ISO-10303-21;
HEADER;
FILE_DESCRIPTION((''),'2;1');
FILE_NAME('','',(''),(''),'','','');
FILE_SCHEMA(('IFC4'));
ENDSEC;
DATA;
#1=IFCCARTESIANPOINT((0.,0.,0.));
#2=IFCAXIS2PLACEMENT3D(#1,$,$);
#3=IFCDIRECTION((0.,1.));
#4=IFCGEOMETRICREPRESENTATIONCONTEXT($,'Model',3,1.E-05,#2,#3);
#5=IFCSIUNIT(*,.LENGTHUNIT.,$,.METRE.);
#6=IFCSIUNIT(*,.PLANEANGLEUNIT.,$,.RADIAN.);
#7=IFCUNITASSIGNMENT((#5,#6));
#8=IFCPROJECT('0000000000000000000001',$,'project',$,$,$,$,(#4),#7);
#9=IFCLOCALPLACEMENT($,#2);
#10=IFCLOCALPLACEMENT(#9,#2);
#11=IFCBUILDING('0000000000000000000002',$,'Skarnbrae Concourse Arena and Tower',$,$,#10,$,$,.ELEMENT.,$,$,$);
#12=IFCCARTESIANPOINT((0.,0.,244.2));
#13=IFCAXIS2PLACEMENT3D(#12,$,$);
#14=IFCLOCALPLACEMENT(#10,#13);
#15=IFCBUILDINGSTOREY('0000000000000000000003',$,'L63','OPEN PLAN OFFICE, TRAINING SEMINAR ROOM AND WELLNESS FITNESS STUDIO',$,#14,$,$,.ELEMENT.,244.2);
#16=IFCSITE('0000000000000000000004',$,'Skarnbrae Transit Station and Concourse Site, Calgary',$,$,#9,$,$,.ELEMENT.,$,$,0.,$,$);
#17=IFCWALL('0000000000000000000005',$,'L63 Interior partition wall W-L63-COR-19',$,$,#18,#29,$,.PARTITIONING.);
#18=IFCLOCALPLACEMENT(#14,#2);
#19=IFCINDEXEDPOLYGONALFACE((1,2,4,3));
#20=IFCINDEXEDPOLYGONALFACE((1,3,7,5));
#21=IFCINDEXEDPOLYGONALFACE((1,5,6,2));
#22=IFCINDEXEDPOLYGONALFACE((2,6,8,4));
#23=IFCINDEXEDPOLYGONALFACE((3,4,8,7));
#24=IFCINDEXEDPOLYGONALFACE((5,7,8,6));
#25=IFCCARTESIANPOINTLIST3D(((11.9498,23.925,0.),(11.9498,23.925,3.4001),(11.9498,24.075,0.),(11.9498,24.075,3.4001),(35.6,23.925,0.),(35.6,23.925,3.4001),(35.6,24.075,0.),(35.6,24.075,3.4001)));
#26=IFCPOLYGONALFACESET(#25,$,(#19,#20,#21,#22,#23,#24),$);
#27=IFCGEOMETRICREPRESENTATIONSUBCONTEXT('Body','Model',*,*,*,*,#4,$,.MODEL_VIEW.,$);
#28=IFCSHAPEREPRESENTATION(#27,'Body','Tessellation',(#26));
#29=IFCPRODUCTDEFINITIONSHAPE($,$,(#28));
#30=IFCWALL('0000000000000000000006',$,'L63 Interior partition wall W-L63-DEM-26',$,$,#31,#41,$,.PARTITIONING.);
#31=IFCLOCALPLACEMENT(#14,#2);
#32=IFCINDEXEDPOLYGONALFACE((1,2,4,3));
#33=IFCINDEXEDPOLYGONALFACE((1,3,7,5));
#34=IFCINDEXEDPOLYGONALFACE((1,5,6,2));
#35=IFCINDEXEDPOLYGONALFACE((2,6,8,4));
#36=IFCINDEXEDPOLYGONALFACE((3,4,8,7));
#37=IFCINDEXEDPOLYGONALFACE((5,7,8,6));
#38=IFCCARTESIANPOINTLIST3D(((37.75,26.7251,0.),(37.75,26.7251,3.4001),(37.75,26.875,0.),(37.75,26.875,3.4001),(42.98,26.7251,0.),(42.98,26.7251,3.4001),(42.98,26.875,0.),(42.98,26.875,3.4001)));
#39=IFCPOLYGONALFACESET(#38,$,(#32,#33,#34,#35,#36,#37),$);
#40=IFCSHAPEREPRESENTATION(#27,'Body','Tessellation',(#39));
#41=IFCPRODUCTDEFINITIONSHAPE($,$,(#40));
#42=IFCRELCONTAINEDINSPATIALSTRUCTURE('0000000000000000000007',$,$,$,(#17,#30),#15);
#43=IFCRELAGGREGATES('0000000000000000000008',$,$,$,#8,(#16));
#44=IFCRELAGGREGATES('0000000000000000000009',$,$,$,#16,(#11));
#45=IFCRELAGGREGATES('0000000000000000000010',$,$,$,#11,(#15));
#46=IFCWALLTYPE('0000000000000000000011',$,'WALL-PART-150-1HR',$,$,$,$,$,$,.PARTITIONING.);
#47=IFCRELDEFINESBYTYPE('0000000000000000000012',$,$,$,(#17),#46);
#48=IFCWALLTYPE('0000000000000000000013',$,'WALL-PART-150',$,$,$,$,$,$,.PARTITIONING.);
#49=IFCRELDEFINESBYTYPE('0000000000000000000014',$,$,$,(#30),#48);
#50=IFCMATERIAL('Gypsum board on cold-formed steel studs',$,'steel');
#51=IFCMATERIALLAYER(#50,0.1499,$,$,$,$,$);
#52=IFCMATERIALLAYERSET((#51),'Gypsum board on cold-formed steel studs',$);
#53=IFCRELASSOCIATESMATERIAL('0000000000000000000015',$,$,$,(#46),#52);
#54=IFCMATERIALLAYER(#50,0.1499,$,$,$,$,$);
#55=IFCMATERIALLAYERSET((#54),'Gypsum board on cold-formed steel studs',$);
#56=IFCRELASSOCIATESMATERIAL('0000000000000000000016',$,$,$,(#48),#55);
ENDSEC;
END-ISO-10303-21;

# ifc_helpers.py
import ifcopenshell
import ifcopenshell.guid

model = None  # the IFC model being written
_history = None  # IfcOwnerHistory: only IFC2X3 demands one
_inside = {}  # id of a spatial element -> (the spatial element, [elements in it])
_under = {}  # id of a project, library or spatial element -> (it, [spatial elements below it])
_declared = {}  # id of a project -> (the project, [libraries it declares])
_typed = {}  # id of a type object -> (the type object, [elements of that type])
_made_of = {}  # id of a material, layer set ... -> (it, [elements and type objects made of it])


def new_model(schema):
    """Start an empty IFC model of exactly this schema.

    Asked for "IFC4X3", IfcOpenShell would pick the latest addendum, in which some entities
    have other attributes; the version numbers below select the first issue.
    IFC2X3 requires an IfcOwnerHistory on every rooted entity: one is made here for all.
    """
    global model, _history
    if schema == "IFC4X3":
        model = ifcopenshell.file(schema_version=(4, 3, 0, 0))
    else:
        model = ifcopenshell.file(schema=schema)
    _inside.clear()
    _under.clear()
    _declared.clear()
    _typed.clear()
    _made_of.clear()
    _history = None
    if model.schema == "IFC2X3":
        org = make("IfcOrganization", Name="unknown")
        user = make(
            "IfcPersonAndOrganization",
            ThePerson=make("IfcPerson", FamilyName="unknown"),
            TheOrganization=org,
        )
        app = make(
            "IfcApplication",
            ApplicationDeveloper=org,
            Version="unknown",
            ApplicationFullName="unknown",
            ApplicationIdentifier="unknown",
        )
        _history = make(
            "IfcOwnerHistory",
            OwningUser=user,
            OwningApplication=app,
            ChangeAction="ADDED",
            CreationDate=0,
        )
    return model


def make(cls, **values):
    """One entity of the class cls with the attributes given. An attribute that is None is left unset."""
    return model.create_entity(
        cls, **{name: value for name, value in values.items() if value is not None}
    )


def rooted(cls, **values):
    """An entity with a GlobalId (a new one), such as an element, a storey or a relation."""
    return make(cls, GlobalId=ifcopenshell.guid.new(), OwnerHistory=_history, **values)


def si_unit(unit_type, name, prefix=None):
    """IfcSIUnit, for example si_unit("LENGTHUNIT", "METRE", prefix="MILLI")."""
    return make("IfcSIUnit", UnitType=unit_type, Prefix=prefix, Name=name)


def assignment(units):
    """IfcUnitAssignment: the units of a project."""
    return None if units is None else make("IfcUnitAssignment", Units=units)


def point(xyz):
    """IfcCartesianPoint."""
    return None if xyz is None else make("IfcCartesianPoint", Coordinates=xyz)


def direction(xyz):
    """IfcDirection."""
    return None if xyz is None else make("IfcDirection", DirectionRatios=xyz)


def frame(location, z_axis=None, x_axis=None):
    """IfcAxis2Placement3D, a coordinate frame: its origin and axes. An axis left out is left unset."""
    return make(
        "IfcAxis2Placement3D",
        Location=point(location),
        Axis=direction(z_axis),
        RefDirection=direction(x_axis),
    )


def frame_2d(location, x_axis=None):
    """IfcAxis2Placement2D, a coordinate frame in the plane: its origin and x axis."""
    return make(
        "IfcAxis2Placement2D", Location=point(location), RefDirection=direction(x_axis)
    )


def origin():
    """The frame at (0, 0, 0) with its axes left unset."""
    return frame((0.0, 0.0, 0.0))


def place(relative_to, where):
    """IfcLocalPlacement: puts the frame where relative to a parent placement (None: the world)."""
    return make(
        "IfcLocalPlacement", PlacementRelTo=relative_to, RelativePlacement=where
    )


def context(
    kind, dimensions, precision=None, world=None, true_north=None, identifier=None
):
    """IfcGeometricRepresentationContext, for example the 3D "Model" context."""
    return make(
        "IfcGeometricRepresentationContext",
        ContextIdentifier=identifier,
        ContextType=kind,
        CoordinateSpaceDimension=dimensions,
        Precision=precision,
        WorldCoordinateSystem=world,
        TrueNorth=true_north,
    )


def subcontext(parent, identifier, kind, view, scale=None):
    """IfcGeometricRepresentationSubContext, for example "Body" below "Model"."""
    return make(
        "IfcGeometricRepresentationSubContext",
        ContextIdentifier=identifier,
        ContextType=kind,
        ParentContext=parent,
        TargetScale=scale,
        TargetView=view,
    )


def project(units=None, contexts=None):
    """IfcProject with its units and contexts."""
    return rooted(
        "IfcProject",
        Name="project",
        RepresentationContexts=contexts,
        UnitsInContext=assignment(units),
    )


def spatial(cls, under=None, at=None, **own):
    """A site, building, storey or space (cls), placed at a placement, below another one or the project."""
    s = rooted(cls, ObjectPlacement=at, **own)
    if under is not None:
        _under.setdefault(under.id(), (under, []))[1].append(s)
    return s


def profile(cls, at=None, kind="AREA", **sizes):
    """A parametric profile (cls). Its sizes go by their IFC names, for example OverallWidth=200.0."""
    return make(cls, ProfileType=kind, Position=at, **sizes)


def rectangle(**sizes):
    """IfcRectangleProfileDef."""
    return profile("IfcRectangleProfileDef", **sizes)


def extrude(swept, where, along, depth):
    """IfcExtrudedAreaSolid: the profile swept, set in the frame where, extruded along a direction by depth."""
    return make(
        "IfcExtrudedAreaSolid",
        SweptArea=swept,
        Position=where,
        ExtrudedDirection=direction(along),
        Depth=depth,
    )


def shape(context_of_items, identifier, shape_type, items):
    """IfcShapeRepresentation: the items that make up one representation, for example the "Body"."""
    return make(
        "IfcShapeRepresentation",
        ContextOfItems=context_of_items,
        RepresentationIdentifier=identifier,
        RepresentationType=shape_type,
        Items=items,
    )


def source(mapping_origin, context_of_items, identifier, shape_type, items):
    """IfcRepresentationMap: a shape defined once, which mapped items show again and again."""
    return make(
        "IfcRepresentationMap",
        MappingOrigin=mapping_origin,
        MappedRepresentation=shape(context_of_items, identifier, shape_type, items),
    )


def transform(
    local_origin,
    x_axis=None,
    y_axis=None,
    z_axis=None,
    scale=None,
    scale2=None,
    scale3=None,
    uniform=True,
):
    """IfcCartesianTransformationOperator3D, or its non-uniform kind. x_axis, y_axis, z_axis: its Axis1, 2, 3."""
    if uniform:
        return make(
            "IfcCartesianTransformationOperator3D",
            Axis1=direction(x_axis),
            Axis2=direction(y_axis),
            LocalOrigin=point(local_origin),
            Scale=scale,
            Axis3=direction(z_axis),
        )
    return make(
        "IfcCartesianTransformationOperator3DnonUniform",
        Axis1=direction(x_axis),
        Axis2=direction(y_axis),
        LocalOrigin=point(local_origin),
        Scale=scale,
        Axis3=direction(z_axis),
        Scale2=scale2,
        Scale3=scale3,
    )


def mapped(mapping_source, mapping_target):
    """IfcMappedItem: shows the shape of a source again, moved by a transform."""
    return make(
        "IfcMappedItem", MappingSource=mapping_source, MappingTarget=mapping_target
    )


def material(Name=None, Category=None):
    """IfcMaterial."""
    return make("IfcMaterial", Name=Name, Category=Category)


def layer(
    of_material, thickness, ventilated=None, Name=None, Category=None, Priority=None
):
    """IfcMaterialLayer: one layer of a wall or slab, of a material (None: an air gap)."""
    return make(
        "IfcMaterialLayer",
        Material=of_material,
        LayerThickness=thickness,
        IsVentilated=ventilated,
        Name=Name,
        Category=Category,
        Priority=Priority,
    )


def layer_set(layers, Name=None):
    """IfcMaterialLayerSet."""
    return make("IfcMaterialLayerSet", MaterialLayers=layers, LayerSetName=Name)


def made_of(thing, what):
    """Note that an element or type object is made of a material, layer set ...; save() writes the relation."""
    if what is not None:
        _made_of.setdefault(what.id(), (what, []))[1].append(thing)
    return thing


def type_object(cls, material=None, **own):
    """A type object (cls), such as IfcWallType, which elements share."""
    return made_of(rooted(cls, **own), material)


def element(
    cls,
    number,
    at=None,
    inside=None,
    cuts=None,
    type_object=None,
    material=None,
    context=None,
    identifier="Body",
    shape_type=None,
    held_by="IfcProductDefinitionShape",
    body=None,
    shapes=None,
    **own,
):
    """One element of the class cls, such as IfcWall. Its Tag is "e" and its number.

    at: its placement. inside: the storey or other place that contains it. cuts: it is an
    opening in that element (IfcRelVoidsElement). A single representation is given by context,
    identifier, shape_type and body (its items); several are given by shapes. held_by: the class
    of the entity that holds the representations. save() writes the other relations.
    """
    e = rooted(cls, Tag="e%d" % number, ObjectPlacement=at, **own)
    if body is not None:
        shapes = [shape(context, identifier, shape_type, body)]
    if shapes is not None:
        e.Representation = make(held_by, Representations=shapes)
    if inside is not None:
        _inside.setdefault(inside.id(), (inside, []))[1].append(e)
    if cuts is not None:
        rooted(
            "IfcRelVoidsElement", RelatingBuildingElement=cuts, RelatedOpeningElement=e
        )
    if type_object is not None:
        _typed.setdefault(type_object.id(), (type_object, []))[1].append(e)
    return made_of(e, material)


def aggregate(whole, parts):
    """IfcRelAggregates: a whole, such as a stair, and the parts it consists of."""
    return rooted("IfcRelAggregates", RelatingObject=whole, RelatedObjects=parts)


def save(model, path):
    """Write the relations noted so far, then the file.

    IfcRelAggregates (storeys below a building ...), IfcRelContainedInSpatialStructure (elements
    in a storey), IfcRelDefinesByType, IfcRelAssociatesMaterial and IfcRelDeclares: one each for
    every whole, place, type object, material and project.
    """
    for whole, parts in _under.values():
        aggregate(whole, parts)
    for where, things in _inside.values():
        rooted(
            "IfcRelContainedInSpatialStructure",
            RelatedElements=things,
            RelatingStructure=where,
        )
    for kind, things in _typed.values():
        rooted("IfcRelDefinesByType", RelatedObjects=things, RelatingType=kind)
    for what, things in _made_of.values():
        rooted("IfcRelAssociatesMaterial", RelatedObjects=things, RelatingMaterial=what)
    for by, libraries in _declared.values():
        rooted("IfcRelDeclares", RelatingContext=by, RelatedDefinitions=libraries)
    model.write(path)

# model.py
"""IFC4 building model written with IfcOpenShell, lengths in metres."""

from ifc_helpers import new_model, si_unit, direction, frame, frame_2d, origin, place, context, subcontext, project, spatial, rectangle, extrude, source, transform, mapped, material, layer, layer_set, type_object, element, save


model = new_model("IFC4")

# Units and contexts
model_context = context("Model", 3, precision=1e-05, world=origin(), true_north=direction((0.0, 1.0)))
body_context = subcontext(model_context, "Body", "Model", "MODEL_VIEW")
ifc_project = project(units=[si_unit("LENGTHUNIT", "METRE"), si_unit("PLANEANGLEUNIT", "RADIAN")], contexts=[model_context])

# Site, building, storey
site_placement = place(None, origin())
site = spatial("IfcSite", under=ifc_project, at=site_placement, Name="Skarnbrae Transit Station and Concourse Site, Calgary", CompositionType="ELEMENT", RefElevation=0.0)
building_placement = place(site_placement, origin())
building = spatial("IfcBuilding", under=site, at=building_placement, Name="Skarnbrae Concourse Arena and Tower", CompositionType="ELEMENT")
storey_placement = place(building_placement, frame((0.0, 0.0, 244.2)))
storey = spatial("IfcBuildingStorey", under=building, at=storey_placement, Name="L63", Description="OPEN PLAN OFFICE, TRAINING SEMINAR ROOM AND WELLNESS FITNESS STUDIO", CompositionType="ELEMENT", Elevation=244.2)

# Shared definitions
ifc_material_1 = material(Name="Gypsum board on cold-formed steel studs", Category="steel")
ifc_layer_1 = layer(ifc_material_1, 0.1499)
ifc_layer_set_1 = layer_set([ifc_layer_1], Name="Gypsum board on cold-formed steel studs")
wall_type_1 = type_object("IfcWallType", Name="WALL-PART-150-1HR", PredefinedType="PARTITIONING", material=ifc_layer_set_1)

# Walls
shared_shape_1 = source(origin(), body_context, "Body", "SweptSolid", [
    extrude(rectangle(XDim=23.6501, YDim=0.1499, at=frame_2d((11.8252, 0.0))), origin(), (0.0, 0.0, 1.0), 3.4001),
])
wall_1_placement = place(storey_placement, frame((35.6001, 24.0, 0.0), z_axis=(0.0, 0.0, 1.0), x_axis=(-1.0, 0.0, 0.0)))
element("IfcWall", 1, at=wall_1_placement, inside=storey, type_object=wall_type_1, Name="L63 Interior partition wall W-L63-COR-19", PredefinedType="PARTITIONING", context=body_context, shape_type="MappedRepresentation", body=[
    mapped(shared_shape_1, transform((0.0, 0.0, 0.0))),
])
ifc_layer_2 = layer(ifc_material_1, 0.1499)
ifc_layer_set_2 = layer_set([ifc_layer_2], Name="Gypsum board on cold-formed steel studs")
wall_type_2 = type_object("IfcWallType", Name="WALL-PART-150", PredefinedType="PARTITIONING", material=ifc_layer_set_2)
shared_shape_2 = source(origin(), body_context, "Body", "SweptSolid", [
    extrude(rectangle(XDim=5.23, YDim=0.1499, at=frame_2d((2.615, 0.0))), origin(), (0.0, 0.0, 1.0), 3.4001),
])
wall_2_placement = place(storey_placement, frame((42.98, 26.8, 0.0), z_axis=(0.0, 0.0, 1.0), x_axis=(-1.0, 0.0, 0.0)))
element("IfcWall", 2, at=wall_2_placement, inside=storey, type_object=wall_type_2, Name="L63 Interior partition wall W-L63-DEM-26", PredefinedType="PARTITIONING", context=body_context, shape_type="MappedRepresentation", body=[
    mapped(shared_shape_2, transform((0.0, 0.0, 0.0))),
])

save(model, "model.ifc")
